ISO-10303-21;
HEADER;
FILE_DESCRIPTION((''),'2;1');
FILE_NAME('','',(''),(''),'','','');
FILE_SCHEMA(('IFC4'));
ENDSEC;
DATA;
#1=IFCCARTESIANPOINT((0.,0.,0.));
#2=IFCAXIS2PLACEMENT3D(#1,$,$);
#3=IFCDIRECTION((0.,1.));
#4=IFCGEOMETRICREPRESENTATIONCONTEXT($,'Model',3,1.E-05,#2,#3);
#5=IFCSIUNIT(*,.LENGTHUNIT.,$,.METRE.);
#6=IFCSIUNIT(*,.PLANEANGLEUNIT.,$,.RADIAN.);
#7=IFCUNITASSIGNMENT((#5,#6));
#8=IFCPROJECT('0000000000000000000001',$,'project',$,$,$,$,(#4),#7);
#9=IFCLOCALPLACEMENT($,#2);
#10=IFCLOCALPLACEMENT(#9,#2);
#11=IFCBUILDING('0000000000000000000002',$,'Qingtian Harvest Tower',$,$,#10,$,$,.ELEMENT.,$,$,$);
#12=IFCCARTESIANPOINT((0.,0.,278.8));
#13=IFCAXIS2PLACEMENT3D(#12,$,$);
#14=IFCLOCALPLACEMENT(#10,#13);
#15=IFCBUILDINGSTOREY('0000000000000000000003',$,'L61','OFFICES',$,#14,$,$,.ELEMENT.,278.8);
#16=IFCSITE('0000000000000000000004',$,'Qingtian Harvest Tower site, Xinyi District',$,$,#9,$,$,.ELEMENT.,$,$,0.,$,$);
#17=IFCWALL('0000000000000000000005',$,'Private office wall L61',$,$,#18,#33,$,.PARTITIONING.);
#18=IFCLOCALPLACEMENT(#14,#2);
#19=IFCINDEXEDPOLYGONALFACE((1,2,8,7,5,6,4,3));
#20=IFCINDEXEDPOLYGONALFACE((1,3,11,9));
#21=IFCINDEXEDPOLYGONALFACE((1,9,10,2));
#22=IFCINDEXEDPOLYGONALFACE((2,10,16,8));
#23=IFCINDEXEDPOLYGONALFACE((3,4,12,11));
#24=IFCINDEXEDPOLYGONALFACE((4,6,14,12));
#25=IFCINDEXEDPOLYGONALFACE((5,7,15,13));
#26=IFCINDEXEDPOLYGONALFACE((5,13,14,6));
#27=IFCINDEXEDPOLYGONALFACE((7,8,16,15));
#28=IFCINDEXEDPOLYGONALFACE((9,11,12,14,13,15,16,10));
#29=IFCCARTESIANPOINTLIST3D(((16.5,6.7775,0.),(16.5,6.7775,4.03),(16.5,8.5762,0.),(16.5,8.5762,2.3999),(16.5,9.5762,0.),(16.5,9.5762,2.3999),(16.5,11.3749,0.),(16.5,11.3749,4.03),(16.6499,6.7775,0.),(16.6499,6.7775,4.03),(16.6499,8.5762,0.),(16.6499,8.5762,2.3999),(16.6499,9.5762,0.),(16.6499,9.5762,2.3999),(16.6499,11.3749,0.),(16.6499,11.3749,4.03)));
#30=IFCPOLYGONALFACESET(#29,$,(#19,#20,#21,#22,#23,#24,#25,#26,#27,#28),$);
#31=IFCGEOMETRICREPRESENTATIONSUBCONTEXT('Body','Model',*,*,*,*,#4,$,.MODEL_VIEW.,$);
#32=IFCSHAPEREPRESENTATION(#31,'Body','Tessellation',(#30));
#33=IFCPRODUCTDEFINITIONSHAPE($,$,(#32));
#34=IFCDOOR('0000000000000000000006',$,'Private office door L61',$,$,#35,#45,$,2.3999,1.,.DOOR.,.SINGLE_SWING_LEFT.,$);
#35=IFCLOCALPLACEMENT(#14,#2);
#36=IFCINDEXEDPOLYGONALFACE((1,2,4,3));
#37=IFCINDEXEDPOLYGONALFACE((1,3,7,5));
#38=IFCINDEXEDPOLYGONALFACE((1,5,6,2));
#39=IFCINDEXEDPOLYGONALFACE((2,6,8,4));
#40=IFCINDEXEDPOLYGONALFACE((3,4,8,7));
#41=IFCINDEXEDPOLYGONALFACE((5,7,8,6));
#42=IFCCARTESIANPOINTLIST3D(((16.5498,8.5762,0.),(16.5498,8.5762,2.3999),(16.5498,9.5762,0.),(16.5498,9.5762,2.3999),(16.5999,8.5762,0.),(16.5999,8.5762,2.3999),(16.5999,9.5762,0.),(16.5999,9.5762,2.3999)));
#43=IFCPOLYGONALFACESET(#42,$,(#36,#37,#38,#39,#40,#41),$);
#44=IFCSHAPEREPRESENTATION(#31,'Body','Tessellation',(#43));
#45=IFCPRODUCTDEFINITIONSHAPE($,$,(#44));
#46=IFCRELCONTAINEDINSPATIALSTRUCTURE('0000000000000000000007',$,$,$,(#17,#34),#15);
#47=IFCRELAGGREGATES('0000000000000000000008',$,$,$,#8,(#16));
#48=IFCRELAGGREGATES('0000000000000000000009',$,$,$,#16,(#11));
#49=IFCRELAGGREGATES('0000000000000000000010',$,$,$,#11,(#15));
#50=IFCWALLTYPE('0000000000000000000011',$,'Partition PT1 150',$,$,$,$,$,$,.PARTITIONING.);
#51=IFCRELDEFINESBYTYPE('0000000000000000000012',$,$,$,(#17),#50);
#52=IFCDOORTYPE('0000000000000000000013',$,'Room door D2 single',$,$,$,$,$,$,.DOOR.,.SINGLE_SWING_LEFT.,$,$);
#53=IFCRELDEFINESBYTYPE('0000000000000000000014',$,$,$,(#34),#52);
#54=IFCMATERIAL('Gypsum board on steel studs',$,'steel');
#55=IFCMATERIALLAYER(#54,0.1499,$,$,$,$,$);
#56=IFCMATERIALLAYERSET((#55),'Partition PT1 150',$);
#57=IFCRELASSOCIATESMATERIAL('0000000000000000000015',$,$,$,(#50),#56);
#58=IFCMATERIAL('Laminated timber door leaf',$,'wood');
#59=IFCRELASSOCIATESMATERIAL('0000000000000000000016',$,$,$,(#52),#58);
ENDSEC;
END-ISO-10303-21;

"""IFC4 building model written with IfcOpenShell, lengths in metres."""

from ifc_helpers import new_model, si_unit, direction, frame, frame_2d, origin, place, context, subcontext, project, spatial, rectangle, extrude, material, layer, layer_set, type_object, element, fill, save


model = new_model("IFC4")

# Units and contexts
model_context = context("Model", 3, precision=1e-05, world=origin(), true_north=direction((0.0, 1.0)))
body_context = subcontext(model_context, "Body", "Model", "MODEL_VIEW")
ifc_project = project(units=[si_unit("LENGTHUNIT", "METRE"), si_unit("PLANEANGLEUNIT", "RADIAN")], contexts=[model_context])

# Site, building, storey
site_placement = place(None, origin())
site = spatial("IfcSite", under=ifc_project, at=site_placement, Name="Qingtian Harvest Tower site, Xinyi District", CompositionType="ELEMENT", RefElevation=0.0)
building_placement = place(site_placement, origin())
building = spatial("IfcBuilding", under=site, at=building_placement, Name="Qingtian Harvest Tower", CompositionType="ELEMENT")
storey_placement = place(building_placement, frame((0.0, 0.0, 278.8)))
storey = spatial("IfcBuildingStorey", under=building, at=storey_placement, Name="L61", Description="OFFICES", CompositionType="ELEMENT", Elevation=278.8)

# Shared definitions
ifc_material_1 = material(Name="Gypsum board on steel studs", Category="steel")
ifc_layer_1 = layer(ifc_material_1, 0.1499)
ifc_layer_set_1 = layer_set([ifc_layer_1], Name="Partition PT1 150")
wall_type = type_object("IfcWallType", Name="Partition PT1 150", PredefinedType="PARTITIONING", material=ifc_layer_set_1)

# Wall, opening, door
wall_1_placement = place(storey_placement, frame((16.575, 11.375, 0.0), z_axis=(0.0, 0.0, 1.0), x_axis=(0.0, -1.0, 0.0)))
wall_1 = element("IfcWall", 1, at=wall_1_placement, inside=storey, type_object=wall_type, Name="Private office wall L61", PredefinedType="PARTITIONING", context=body_context, shape_type="SweptSolid", body=[
    extrude(rectangle(XDim=4.5974, YDim=0.1499, at=frame_2d((2.2988, 0.0))), origin(), (0.0, 0.0, 1.0), 4.03),
])
opening_placement = place(wall_1_placement, frame((1.7988, 0.0, 0.0)))
opening = element("IfcOpeningElement", 2, at=opening_placement, cuts=wall_1, PredefinedType="OPENING", context=body_context, shape_type="SweptSolid", body=[
    extrude(rectangle(XDim=1.0, YDim=2.3999, at=frame_2d((0.5, 1.2))), frame((0.0, 0.085, 0.0), z_axis=(0.0, -1.0, 0.0), x_axis=(1.0, 0.0, 0.0)), (0.0, 0.0, 1.0), 0.1699),
])
ifc_material_2 = material(Name="Laminated timber door leaf", Category="wood")
door_type = type_object("IfcDoorType", Name="Room door D2 single", OperationType="SINGLE_SWING_LEFT", PredefinedType="DOOR", material=ifc_material_2)
door_placement = place(opening_placement, origin())
door = element("IfcDoor", 3, at=door_placement, inside=storey, type_object=door_type, Name="Private office door L61", OperationType="SINGLE_SWING_LEFT", OverallHeight=2.3999, OverallWidth=1.0, PredefinedType="DOOR", context=body_context, shape_type="SweptSolid", body=[
    extrude(rectangle(XDim=1.0, YDim=2.3999, at=frame_2d((0.5, 1.2))), frame((0.0, 0.0249, 0.0), z_axis=(0.0, -1.0, 0.0), x_axis=(1.0, 0.0, 0.0)), (0.0, 0.0, 1.0), 0.05),
])
fill(opening, door)

save(model, "model.ifc")
